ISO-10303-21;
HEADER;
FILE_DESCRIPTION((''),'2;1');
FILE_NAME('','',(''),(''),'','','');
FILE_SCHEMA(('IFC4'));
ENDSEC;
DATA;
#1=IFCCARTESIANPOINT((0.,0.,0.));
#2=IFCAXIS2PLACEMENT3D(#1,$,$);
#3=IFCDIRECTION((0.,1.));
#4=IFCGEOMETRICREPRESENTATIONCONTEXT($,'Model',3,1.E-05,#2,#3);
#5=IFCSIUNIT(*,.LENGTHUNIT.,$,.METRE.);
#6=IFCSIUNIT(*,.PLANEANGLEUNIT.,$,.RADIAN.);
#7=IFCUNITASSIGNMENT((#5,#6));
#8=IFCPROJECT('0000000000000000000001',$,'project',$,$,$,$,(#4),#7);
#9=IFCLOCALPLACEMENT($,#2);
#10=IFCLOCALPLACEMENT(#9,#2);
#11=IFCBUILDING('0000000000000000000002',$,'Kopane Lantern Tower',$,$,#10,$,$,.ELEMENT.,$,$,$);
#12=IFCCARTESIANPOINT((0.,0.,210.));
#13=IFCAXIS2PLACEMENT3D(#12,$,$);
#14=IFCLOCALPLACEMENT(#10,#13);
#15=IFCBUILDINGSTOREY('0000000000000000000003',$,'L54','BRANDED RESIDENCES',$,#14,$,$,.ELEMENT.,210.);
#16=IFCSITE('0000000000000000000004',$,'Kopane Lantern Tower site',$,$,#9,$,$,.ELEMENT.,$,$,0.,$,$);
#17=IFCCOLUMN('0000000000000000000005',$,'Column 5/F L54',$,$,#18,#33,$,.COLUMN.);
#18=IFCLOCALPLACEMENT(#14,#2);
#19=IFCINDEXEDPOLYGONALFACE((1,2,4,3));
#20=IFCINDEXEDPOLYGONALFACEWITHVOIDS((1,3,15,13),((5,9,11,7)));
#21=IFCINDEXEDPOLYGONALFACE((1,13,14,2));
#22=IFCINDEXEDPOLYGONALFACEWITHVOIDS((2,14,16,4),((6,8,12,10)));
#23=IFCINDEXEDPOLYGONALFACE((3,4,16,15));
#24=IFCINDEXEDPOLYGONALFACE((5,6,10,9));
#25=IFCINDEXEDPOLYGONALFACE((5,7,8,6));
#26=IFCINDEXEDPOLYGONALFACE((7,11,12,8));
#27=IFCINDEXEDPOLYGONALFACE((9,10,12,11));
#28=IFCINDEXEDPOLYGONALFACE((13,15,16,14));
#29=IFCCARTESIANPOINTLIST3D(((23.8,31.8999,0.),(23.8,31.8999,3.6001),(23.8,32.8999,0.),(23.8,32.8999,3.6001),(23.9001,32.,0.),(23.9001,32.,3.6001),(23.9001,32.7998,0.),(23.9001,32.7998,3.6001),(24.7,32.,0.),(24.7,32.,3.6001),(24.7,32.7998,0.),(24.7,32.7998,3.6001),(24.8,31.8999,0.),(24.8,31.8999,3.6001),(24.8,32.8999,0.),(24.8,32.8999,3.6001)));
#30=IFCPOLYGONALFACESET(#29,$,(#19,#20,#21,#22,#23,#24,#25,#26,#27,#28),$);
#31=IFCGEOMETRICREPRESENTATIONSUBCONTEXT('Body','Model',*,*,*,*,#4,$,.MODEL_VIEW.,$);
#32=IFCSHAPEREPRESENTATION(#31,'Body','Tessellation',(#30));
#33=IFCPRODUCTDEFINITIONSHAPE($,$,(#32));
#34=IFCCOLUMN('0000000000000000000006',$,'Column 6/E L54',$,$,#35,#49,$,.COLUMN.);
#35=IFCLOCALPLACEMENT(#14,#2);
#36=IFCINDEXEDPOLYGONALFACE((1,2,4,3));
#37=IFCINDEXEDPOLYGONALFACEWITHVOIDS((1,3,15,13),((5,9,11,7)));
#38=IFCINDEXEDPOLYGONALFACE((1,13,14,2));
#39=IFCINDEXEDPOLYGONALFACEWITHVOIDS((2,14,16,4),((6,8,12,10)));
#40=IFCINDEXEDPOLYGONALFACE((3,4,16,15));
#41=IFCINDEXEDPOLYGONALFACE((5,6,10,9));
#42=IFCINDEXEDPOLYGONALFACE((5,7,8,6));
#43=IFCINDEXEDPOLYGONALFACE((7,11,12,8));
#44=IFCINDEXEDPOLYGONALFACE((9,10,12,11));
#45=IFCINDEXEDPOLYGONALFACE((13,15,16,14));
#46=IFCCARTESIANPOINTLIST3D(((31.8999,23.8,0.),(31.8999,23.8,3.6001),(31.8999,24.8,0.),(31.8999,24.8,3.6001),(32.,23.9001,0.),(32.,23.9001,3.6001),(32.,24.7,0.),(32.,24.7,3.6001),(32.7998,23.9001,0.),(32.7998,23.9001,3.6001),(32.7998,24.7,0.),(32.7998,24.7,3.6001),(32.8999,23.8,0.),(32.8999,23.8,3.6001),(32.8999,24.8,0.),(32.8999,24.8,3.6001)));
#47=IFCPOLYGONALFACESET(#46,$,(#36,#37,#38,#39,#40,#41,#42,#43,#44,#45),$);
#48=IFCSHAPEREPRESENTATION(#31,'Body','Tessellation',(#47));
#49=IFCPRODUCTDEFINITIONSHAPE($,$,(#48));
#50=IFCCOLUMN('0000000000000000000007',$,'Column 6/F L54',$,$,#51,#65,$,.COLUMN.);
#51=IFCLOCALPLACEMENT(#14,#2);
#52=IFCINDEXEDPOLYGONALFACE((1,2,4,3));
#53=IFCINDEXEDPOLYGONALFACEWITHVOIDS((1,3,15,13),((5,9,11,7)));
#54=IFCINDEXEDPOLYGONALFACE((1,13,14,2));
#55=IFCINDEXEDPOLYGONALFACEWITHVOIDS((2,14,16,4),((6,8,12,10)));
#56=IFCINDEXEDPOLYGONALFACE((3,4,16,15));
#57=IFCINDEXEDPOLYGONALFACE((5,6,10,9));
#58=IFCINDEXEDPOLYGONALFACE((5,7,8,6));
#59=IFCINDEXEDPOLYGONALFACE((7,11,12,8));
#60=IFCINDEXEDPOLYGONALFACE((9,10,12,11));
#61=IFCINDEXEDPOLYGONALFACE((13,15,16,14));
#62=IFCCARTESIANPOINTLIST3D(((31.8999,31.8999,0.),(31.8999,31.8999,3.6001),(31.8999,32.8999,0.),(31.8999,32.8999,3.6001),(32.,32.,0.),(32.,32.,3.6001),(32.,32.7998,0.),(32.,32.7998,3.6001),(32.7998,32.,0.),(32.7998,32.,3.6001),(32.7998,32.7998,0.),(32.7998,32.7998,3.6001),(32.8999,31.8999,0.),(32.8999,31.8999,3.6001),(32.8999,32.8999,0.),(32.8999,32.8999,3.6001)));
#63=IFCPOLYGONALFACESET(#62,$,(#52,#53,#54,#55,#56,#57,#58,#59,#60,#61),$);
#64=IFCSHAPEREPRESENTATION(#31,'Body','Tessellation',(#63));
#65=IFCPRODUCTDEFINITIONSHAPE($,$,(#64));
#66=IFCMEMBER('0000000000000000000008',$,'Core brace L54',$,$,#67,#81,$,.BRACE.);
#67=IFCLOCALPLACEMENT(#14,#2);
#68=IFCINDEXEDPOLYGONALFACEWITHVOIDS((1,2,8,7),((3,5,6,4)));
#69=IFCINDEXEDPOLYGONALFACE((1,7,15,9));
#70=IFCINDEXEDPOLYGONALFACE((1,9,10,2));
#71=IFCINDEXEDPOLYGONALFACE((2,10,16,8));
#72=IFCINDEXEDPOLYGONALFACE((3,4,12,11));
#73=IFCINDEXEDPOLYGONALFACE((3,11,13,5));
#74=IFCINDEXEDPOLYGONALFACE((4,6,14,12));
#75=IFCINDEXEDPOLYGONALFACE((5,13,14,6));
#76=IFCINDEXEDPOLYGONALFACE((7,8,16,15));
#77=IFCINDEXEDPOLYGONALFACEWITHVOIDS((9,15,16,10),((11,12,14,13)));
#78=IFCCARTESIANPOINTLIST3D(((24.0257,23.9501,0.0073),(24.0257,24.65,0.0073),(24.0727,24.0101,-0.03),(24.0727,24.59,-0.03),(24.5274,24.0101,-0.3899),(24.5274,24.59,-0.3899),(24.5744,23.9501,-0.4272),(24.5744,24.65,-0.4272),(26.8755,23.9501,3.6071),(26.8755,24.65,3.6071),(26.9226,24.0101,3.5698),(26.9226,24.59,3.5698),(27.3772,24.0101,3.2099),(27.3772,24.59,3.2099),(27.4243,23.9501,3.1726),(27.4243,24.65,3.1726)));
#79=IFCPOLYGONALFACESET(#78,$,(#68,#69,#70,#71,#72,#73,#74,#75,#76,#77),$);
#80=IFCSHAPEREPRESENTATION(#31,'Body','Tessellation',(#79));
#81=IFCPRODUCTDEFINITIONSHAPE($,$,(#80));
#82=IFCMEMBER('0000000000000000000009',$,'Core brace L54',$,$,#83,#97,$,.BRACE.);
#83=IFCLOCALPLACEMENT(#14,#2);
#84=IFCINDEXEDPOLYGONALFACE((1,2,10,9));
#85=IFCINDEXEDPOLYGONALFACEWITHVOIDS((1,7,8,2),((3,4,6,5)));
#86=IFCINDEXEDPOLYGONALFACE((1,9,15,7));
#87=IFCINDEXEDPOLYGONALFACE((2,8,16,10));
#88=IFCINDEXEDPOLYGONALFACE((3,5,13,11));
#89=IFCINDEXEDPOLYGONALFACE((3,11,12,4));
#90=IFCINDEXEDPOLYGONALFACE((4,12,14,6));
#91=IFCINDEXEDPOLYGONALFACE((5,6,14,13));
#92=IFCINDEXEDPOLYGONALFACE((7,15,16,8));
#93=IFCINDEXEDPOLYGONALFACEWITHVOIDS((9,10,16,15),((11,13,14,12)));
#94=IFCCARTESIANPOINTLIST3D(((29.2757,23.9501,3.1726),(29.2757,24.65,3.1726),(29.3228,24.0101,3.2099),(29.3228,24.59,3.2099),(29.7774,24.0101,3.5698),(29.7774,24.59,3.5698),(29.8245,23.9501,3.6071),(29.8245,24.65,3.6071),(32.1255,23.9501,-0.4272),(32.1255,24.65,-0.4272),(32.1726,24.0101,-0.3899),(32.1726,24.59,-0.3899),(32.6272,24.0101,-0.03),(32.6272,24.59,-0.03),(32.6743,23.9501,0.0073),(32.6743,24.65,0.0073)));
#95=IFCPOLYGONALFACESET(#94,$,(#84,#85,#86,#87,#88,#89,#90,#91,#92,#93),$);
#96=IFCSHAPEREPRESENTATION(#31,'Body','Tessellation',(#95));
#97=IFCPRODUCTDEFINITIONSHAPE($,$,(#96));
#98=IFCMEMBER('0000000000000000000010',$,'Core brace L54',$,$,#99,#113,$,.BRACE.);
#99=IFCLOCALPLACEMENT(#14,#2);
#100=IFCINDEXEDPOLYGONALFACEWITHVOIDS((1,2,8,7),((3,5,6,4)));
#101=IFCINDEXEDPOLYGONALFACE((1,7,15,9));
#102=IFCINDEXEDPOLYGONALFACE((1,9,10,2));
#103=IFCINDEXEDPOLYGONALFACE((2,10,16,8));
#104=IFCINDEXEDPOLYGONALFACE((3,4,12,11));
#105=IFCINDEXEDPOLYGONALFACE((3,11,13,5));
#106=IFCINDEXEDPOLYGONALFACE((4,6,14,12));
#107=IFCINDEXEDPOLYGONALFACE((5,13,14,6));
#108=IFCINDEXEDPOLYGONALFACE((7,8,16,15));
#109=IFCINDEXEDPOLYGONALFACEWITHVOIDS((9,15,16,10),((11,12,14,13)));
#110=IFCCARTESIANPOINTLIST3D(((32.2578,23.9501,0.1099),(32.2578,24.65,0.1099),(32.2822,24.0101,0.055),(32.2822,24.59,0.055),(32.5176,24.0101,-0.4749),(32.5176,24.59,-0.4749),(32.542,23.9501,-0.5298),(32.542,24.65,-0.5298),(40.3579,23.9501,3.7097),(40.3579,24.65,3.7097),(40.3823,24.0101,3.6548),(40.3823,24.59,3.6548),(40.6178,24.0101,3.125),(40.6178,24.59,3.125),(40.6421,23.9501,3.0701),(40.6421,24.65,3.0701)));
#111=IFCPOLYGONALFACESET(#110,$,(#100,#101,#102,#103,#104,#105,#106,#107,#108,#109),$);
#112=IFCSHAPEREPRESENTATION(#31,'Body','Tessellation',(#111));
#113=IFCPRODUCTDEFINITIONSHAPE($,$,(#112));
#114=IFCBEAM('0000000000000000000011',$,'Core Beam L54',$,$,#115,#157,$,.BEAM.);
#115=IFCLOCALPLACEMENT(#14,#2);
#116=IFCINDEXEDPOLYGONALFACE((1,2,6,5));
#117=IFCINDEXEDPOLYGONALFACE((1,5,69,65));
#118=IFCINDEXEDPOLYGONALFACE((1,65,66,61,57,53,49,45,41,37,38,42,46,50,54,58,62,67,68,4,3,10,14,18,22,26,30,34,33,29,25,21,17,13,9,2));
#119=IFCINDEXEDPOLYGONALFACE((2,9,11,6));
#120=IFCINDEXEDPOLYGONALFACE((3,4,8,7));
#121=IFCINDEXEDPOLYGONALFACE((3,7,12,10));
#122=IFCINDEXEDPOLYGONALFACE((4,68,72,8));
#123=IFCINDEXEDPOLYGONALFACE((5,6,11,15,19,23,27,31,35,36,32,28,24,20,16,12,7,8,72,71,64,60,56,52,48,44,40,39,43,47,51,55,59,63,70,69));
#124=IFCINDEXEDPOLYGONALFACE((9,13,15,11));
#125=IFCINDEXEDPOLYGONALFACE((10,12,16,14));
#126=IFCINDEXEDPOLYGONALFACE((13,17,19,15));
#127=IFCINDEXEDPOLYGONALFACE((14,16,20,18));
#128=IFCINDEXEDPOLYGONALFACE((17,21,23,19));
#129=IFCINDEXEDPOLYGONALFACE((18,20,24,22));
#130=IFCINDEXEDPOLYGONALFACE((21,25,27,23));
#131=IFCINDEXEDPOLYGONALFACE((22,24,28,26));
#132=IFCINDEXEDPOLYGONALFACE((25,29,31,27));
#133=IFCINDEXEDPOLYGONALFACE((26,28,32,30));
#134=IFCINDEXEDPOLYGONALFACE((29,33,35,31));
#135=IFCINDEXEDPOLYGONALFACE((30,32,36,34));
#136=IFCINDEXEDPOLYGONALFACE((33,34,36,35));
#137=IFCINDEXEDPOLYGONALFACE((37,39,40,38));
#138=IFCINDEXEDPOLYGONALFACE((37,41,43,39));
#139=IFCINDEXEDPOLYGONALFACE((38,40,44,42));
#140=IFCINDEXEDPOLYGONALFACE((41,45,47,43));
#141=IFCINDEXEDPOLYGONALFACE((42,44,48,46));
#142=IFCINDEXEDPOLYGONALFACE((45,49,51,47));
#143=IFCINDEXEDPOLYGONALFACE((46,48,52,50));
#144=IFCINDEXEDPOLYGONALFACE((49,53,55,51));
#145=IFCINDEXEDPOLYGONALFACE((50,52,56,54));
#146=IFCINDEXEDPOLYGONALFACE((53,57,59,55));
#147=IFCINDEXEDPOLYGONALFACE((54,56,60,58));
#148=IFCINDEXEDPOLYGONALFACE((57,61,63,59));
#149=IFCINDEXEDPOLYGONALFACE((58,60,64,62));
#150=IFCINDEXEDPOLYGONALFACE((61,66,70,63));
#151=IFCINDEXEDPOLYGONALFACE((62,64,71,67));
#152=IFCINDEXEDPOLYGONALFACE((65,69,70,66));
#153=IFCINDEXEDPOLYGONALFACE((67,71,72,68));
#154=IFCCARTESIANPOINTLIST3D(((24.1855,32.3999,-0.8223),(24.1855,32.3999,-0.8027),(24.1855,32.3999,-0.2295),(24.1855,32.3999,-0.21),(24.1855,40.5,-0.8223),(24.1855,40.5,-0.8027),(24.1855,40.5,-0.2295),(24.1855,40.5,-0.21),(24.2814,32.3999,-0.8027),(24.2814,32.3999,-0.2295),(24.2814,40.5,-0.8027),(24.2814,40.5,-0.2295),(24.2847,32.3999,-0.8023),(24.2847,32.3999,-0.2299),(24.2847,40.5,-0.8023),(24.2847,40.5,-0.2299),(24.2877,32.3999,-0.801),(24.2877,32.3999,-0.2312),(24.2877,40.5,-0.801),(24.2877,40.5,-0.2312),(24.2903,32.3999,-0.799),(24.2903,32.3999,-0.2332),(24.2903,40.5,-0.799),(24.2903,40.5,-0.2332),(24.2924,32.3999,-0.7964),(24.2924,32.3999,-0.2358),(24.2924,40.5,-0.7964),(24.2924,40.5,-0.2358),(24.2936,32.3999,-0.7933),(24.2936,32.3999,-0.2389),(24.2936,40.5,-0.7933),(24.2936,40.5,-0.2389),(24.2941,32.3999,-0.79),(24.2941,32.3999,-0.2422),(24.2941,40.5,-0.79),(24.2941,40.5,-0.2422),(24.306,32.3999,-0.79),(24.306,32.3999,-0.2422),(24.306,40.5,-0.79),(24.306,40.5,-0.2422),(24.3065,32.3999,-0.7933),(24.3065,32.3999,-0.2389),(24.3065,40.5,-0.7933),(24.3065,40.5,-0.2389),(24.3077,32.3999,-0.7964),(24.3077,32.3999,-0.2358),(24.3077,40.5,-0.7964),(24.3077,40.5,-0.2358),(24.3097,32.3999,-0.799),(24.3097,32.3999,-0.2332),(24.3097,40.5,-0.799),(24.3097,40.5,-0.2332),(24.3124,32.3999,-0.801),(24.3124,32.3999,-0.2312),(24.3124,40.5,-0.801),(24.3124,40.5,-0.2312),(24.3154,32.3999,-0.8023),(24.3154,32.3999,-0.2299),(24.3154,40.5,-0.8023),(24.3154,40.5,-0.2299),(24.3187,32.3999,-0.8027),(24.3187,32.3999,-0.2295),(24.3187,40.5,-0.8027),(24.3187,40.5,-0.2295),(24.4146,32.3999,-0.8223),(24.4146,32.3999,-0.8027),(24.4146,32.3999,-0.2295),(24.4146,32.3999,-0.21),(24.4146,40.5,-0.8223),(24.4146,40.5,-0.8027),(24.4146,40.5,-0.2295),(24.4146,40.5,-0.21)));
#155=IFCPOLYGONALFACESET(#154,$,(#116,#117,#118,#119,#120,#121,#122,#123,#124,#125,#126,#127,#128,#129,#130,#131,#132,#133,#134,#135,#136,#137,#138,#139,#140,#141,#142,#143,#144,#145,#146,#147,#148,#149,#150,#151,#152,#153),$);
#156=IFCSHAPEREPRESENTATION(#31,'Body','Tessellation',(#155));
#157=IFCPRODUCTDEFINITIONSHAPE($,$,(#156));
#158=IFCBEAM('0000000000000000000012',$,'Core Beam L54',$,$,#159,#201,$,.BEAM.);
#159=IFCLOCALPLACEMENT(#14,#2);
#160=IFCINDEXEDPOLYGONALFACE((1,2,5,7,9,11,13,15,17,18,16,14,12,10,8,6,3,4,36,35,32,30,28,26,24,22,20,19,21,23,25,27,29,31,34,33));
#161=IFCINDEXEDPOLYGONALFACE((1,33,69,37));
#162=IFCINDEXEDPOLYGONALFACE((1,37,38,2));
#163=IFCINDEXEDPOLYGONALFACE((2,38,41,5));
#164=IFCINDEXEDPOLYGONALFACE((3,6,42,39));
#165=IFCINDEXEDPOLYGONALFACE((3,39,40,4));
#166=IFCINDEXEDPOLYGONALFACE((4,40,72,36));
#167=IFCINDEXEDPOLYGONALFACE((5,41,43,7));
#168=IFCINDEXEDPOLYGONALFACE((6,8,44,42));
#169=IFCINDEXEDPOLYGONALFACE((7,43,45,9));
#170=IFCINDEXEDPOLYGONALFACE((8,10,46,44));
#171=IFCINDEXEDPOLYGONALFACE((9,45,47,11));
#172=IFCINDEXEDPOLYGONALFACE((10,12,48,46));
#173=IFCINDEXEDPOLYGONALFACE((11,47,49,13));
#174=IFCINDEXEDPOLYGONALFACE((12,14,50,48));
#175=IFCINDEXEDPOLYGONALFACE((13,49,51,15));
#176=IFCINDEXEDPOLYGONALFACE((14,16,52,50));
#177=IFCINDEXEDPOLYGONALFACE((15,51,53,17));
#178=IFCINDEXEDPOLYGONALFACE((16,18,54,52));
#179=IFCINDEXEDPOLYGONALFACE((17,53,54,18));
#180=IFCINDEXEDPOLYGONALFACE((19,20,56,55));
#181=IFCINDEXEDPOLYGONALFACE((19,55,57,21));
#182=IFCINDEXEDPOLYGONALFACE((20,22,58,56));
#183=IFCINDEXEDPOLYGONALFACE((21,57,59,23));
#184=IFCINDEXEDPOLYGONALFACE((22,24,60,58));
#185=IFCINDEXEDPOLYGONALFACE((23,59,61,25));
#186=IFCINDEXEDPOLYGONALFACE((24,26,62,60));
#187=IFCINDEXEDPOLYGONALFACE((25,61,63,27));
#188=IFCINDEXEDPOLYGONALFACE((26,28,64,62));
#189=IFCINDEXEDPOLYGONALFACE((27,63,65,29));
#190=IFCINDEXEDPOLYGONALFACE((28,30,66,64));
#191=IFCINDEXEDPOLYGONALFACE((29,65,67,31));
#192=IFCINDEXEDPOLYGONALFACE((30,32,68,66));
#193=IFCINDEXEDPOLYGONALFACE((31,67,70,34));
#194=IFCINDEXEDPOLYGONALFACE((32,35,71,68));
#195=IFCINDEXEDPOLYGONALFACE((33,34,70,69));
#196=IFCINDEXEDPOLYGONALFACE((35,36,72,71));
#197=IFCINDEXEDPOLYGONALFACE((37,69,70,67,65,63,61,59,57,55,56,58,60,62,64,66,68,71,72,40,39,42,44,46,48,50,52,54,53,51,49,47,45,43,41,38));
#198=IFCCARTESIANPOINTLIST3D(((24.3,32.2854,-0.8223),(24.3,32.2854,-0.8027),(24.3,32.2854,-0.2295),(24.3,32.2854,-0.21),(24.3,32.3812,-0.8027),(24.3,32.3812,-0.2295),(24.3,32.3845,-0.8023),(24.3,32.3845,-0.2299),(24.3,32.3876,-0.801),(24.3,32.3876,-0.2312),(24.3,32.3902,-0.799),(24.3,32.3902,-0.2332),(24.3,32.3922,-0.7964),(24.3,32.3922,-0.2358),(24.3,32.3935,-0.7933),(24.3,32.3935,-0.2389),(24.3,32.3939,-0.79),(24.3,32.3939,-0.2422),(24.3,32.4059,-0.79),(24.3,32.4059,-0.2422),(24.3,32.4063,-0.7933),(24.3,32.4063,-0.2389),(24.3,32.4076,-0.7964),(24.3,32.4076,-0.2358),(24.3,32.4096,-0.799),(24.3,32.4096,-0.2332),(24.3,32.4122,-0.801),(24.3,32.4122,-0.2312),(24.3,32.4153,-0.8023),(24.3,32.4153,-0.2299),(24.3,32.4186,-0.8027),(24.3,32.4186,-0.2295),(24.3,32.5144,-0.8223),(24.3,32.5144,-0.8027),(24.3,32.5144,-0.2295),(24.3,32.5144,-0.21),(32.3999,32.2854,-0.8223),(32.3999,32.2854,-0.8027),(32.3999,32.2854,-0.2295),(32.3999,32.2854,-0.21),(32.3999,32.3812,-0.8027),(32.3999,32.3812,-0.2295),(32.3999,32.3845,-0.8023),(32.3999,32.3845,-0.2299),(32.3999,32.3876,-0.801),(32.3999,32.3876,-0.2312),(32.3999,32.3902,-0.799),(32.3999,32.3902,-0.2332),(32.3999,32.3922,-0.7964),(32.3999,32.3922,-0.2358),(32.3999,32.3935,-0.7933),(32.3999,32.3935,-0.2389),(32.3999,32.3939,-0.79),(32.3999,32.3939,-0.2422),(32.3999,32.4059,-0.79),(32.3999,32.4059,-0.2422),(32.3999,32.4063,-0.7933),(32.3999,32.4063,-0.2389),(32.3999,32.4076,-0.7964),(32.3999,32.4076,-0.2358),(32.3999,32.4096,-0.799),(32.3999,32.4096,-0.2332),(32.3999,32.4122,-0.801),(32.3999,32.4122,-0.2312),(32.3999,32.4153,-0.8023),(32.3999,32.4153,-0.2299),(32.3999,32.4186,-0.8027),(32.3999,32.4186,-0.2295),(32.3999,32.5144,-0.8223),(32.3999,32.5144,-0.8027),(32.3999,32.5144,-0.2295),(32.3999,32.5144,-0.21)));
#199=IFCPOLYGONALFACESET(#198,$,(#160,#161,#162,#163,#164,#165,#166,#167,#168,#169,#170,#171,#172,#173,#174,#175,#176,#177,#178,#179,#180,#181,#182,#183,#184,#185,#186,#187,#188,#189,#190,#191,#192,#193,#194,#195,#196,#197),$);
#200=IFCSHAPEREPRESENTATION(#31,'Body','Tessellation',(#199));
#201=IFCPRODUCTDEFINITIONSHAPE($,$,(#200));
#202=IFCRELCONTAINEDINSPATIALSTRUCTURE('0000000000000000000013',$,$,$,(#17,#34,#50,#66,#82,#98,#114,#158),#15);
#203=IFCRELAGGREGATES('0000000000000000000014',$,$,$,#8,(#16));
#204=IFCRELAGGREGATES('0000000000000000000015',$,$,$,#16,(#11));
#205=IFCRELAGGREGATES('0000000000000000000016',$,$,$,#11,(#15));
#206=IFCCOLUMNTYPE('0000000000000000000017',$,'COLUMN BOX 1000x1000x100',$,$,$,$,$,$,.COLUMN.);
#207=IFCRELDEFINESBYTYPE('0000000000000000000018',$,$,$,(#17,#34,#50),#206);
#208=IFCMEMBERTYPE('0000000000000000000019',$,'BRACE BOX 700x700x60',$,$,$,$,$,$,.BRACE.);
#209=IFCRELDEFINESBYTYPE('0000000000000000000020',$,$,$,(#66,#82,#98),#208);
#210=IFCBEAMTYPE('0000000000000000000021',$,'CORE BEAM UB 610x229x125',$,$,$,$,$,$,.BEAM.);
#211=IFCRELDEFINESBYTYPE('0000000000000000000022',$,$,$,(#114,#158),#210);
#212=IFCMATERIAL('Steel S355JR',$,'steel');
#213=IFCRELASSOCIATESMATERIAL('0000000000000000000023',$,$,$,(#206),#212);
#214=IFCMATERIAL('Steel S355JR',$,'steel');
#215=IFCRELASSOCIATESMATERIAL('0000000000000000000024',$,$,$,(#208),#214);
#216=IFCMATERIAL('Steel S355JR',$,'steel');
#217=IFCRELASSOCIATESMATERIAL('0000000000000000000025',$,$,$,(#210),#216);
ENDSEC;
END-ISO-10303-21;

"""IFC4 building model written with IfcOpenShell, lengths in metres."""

from ifc_helpers import new_model, si_unit, direction, frame, origin, origin_2d, place, context, subcontext, project, spatial, hollow_rectangle, i_section, extrude, material, material_profile, profile_set, type_object, element, save


model = new_model("IFC4")

# Units and contexts
model_context = context("Model", 3, precision=1e-05, world=origin(), true_north=direction((0.0, 1.0)))
body_context = subcontext(model_context, "Body", "Model", "MODEL_VIEW")
ifc_project = project(units=[si_unit("LENGTHUNIT", "METRE"), si_unit("PLANEANGLEUNIT", "RADIAN")], contexts=[model_context])

# Site, building, storey
site_placement = place(None, origin())
site = spatial("IfcSite", under=ifc_project, at=site_placement, Name="Kopane Lantern Tower site", CompositionType="ELEMENT", RefElevation=0.0)
building_placement = place(site_placement, origin())
building = spatial("IfcBuilding", under=site, at=building_placement, Name="Kopane Lantern Tower", CompositionType="ELEMENT")
storey_placement = place(building_placement, frame((0.0, 0.0, 210.0)))
storey = spatial("IfcBuildingStorey", under=building, at=storey_placement, Name="L54", Description="BRANDED RESIDENCES", CompositionType="ELEMENT", Elevation=210.0)

# Columns
ifc_material_1 = material(Name="Steel S355JR", Category="steel")
ifc_material_profile_1 = material_profile(ifc_material_1, hollow_rectangle(XDim=1.0, YDim=1.0, WallThickness=0.1001, at=origin_2d()), Name="BOX 1000x1000x100")
ifc_profile_set_1 = profile_set([ifc_material_profile_1], Name="Steel S355JR")
column_type = type_object("IfcColumnType", Name="COLUMN BOX 1000x1000x100", PredefinedType="COLUMN", material=ifc_profile_set_1)
for number, where, z_axis, x_axis, name in (
    (1, (24.3, 32.3999, 0.0), (0.0, 0.0, 1.0), (1.0, 0.0, 0.0), "Column 5/F L54"),
    (2, (32.3999, 24.3, 0.0), (0.0, 0.0, 1.0), (1.0, 0.0, 0.0), "Column 6/E L54"),
    (3, (32.3999, 32.3999, 0.0), (0.0, 0.0, 1.0), (1.0, 0.0, 0.0), "Column 6/F L54"),
):
    element("IfcColumn", number, at=place(storey_placement, frame(where, z_axis=z_axis, x_axis=x_axis)), inside=storey, type_object=column_type, Name=name, PredefinedType="COLUMN", context=body_context, shape_type="SweptSolid", body=[
        extrude(hollow_rectangle(XDim=1.0, YDim=1.0, WallThickness=0.1001, at=origin_2d()), origin(), (0.0, 0.0, 1.0), 3.6001),
    ])

# Members
ifc_material_2 = material(Name="Steel S355JR", Category="steel")
ifc_material_profile_2 = material_profile(ifc_material_2, hollow_rectangle(XDim=0.7, YDim=0.7, WallThickness=0.0601, at=origin_2d()), Name="BOX 700x700x60")
ifc_profile_set_2 = profile_set([ifc_material_profile_2], Name="Steel S355JR")
member_type = type_object("IfcMemberType", Name="BRACE BOX 700x700x60", PredefinedType="BRACE", material=ifc_profile_set_2)
for number, where, z_axis, x_axis, name in (
    (4, (24.3, 24.3, -0.21), (0.620699, 0.0, 0.784049), (0.0, 1.0, 0.0), "Core brace L54"),
    (5, (32.3999, 24.3, -0.21), (-0.620699, 0.0, 0.784049), (0.0, -1.0, 0.0), "Core brace L54"),
):
    element("IfcMember", number, at=place(storey_placement, frame(where, z_axis=z_axis, x_axis=x_axis)), inside=storey, type_object=member_type, Name=name, PredefinedType="BRACE", context=body_context, shape_type="SweptSolid", body=[
        extrude(hollow_rectangle(XDim=0.7, YDim=0.7, WallThickness=0.0601, at=origin_2d()), origin(), (0.0, 0.0, 1.0), 4.5913),
    ])
member_placement = place(storey_placement, frame((32.3999, 24.3, -0.21), z_axis=(0.913819, 0.0, 0.406121), x_axis=(0.0, 1.0, 0.0)))
element("IfcMember", 6, at=member_placement, inside=storey, type_object=member_type, Name="Core brace L54", PredefinedType="BRACE", context=body_context, shape_type="SweptSolid", body=[
    extrude(hollow_rectangle(XDim=0.7, YDim=0.7, WallThickness=0.0601, at=origin_2d()), origin(), (0.0, 0.0, 1.0), 8.864),
])

# Beams
ifc_material_3 = material(Name="Steel S355JR", Category="steel")
ifc_material_profile_3 = material_profile(ifc_material_3, i_section(OverallWidth=0.229, OverallDepth=0.6123, WebThickness=0.012, FlangeThickness=0.0195, FilletRadius=0.0127, at=origin_2d()), Name="UB 610x229x125")
ifc_profile_set_3 = profile_set([ifc_material_profile_3], Name="Steel S355JR")
beam_type_1 = type_object("IfcBeamType", Name="CORE BEAM UB 610x229x125", PredefinedType="BEAM", material=ifc_profile_set_3)
beam_placement = place(storey_placement, frame((24.3, 32.3999, -0.5161), z_axis=(0.0, 1.0, 0.0), x_axis=(-1.0, 0.0, 0.0)))
element("IfcBeam", 7, at=beam_placement, inside=storey, type_object=beam_type_1, Name="Core Beam L54", PredefinedType="BEAM", context=body_context, shape_type="SweptSolid", body=[
    extrude(i_section(OverallWidth=0.229, OverallDepth=0.6123, WebThickness=0.012, FlangeThickness=0.0195, FilletRadius=0.0127, at=origin_2d()), origin(), (0.0, 0.0, 1.0), 8.1001),
])
for number, where, z_axis, x_axis, name in (
    (8, (24.3, 32.3999, -0.5161), (1.0, 0.0, 0.0), (0.0, 1.0, 0.0), "Core Beam L54"),
):
    element("IfcBeam", number, at=place(storey_placement, frame(where, z_axis=z_axis, x_axis=x_axis)), inside=storey, type_object=beam_type_1, Name=name, PredefinedType="BEAM", context=body_context, shape_type="SweptSolid", body=[
        extrude(i_section(OverallWidth=0.229, OverallDepth=0.6123, WebThickness=0.012, FlangeThickness=0.0195, FilletRadius=0.0127, at=origin_2d()), origin(), (0.0, 0.0, 1.0), 8.0999),
    ])

save(model, "model.ifc")
